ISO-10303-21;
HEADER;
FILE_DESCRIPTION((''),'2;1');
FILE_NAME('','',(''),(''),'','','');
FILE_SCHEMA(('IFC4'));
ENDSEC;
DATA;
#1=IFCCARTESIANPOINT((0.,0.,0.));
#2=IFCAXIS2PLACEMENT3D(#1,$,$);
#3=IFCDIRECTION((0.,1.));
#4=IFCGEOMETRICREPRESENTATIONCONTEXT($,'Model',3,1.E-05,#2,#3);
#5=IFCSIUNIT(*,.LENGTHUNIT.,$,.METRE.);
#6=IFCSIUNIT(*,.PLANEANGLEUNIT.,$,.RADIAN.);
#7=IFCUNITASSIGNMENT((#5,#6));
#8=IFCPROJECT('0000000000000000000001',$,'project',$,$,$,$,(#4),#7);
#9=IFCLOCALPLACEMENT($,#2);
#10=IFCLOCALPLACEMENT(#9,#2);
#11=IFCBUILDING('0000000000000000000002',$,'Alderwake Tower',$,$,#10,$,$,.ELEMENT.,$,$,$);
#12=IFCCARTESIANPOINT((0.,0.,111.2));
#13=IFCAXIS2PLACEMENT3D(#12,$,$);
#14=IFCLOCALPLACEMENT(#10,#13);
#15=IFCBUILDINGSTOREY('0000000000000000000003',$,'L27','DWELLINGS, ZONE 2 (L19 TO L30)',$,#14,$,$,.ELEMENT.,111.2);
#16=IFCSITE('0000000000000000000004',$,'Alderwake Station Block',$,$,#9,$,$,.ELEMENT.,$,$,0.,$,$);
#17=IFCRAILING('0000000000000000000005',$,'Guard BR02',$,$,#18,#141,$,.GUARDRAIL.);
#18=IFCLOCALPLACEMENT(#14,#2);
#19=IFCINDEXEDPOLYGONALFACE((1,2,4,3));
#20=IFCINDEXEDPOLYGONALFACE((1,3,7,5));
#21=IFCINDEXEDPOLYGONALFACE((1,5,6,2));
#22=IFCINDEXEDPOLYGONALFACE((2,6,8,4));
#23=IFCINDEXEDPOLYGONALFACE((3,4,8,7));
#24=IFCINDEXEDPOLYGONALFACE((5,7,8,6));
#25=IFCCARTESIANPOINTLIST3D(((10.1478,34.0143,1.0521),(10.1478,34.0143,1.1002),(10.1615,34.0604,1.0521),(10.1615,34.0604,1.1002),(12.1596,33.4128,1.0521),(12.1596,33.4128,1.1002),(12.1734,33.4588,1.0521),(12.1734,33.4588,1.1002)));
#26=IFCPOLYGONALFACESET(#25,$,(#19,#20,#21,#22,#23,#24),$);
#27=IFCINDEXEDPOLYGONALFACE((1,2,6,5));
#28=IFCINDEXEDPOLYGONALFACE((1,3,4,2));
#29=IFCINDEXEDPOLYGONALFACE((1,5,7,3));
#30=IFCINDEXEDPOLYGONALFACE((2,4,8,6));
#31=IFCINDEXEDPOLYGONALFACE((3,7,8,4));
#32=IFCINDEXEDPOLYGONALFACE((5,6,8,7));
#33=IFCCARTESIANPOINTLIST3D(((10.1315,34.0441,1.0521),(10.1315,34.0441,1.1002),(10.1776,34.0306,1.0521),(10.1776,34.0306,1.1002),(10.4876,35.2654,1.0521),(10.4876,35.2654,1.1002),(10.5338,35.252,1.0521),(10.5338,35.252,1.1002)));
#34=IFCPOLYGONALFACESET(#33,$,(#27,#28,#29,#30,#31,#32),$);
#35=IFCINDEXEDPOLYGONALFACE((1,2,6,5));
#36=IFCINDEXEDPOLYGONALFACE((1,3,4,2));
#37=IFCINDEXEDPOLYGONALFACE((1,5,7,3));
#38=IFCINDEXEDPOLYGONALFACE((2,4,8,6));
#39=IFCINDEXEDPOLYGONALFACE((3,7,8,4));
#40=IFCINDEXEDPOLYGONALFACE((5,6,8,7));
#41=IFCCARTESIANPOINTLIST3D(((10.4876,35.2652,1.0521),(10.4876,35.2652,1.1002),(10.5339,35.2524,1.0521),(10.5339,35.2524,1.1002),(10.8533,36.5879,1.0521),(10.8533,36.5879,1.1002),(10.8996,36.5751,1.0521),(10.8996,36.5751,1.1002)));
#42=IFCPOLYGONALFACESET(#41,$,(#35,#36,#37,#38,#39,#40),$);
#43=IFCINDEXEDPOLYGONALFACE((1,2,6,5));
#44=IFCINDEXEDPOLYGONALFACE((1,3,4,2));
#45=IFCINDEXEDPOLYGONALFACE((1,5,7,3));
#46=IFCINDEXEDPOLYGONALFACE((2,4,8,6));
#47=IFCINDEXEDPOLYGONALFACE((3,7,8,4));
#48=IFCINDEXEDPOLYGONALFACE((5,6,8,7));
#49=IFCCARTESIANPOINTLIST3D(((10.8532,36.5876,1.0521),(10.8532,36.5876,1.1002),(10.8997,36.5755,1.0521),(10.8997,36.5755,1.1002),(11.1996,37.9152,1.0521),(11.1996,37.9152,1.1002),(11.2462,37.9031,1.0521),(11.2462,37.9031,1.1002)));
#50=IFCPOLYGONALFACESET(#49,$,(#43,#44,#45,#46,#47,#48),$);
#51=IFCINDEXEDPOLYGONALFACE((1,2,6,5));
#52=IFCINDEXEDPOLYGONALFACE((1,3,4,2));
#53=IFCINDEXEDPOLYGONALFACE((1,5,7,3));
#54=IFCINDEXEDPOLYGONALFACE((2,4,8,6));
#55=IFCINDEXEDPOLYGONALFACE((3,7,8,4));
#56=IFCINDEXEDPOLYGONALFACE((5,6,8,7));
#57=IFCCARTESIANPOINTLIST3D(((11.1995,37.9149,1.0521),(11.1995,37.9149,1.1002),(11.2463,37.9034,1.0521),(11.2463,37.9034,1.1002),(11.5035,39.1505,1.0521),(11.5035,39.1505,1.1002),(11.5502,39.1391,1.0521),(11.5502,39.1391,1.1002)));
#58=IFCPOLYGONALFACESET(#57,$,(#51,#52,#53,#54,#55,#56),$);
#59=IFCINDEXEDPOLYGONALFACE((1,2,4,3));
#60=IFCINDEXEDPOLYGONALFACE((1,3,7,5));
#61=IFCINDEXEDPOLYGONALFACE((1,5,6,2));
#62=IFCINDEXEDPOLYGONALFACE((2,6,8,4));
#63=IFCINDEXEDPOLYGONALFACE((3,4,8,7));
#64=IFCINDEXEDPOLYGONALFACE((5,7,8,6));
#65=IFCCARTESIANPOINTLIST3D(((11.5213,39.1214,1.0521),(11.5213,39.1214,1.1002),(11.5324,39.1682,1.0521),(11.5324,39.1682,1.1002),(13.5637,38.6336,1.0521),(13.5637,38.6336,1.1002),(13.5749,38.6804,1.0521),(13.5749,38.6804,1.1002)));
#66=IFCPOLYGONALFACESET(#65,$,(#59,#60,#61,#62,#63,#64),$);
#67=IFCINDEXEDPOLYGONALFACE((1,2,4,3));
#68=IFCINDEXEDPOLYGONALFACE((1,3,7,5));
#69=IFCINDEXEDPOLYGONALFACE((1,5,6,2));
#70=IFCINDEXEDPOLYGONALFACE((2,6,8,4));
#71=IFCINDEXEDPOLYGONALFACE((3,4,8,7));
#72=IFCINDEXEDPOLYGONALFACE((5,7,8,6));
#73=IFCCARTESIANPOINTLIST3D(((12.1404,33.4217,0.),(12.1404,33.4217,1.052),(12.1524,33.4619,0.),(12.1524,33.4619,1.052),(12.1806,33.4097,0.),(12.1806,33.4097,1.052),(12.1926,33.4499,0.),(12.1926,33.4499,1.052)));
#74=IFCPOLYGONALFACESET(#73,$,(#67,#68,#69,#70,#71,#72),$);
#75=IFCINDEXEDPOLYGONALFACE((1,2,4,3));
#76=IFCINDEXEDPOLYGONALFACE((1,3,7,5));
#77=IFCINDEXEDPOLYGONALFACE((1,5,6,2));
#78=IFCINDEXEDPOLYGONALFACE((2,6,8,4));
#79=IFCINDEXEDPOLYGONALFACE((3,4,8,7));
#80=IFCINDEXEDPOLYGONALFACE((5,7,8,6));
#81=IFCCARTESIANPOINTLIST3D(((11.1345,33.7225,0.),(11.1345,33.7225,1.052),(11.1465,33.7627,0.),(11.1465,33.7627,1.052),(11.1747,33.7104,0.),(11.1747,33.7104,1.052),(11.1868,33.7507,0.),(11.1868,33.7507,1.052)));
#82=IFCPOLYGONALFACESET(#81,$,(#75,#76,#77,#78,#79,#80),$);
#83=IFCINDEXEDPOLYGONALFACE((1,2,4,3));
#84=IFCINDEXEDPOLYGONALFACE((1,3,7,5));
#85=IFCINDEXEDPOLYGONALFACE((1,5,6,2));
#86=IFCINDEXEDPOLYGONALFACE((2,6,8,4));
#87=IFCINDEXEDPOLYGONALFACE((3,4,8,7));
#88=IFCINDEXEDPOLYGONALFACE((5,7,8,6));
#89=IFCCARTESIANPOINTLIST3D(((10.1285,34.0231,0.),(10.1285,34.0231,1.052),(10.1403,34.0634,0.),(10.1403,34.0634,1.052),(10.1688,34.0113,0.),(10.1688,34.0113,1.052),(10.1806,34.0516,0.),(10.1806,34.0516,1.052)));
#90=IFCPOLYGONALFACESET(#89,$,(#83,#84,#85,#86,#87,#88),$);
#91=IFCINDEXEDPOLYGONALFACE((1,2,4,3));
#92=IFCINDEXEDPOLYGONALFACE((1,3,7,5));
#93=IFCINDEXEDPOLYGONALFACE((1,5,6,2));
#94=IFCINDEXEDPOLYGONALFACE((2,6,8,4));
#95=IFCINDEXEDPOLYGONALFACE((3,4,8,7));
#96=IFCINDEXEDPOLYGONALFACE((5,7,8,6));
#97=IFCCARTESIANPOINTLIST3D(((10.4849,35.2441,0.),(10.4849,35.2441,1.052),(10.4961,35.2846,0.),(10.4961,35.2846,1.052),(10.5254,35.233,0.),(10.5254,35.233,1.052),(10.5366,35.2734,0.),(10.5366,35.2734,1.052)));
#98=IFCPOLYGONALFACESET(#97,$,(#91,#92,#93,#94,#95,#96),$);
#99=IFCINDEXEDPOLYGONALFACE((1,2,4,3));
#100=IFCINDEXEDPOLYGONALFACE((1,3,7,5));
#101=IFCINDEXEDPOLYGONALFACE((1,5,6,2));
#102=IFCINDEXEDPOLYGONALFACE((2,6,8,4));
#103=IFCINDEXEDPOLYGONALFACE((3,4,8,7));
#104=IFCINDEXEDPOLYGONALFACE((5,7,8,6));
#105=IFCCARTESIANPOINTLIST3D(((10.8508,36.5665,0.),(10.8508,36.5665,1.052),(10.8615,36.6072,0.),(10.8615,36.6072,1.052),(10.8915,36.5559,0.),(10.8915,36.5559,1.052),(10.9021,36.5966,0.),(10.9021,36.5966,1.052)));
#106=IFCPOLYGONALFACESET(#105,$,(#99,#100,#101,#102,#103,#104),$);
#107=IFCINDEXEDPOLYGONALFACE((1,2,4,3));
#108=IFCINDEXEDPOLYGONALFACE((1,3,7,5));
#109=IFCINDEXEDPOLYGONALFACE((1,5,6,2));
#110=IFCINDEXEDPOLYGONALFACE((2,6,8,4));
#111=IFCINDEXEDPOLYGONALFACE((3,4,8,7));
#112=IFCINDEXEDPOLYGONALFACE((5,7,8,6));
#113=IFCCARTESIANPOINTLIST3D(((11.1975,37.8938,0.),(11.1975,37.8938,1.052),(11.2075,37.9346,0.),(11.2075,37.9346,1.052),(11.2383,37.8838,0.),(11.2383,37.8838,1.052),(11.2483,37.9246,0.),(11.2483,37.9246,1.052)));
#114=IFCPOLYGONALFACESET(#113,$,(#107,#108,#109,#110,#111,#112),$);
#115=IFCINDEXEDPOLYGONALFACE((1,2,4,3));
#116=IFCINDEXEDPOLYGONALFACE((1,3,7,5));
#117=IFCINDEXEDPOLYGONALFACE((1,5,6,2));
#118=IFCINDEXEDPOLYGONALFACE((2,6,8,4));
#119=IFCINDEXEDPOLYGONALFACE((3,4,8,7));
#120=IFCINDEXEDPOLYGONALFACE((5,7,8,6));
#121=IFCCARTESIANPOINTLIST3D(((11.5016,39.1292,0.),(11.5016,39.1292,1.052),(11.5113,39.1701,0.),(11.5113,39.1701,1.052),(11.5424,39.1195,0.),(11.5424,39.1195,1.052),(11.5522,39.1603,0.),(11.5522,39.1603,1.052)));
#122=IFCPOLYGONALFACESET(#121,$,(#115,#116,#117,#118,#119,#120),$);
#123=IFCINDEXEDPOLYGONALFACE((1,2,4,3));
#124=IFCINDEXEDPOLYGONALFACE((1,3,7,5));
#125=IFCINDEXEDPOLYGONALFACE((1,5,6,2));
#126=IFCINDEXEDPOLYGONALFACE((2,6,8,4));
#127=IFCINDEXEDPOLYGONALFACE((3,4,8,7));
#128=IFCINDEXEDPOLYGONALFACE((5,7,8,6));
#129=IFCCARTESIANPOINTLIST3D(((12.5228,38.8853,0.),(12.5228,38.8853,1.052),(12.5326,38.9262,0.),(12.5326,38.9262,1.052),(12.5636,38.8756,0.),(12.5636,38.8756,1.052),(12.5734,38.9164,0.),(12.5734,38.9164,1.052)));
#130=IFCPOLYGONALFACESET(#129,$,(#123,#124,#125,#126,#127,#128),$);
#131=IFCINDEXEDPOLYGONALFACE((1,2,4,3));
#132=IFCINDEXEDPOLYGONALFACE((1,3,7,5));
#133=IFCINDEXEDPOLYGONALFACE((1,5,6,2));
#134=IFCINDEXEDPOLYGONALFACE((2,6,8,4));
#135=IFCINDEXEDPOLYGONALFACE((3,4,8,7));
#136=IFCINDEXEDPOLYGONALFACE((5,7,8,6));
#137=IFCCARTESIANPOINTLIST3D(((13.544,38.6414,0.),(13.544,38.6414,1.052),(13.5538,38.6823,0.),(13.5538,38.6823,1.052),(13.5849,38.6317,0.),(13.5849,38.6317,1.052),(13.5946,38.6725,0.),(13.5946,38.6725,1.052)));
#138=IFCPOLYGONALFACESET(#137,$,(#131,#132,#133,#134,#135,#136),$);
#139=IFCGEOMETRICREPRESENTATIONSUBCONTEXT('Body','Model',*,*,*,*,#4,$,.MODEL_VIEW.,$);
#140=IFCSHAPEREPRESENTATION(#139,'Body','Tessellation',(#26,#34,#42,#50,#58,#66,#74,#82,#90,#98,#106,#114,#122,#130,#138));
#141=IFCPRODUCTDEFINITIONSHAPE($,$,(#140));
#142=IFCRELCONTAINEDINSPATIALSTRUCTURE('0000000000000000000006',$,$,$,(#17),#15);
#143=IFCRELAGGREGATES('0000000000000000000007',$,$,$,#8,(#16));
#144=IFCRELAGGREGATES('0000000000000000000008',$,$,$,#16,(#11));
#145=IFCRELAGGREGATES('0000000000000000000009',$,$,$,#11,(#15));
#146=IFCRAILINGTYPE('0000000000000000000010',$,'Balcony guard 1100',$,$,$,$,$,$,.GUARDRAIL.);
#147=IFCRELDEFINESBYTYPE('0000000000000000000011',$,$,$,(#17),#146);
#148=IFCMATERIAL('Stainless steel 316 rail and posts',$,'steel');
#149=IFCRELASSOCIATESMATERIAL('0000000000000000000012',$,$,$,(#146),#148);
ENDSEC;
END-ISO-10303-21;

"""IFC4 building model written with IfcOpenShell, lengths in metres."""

from ifc_helpers import new_model, si_unit, direction, frame, origin, origin_2d, place, context, subcontext, project, spatial, rectangle, extrude, material, type_object, element, save


model = new_model("IFC4")

# Units and contexts
model_context = context("Model", 3, precision=1e-05, world=origin(), true_north=direction((0.0, 1.0)))
body_context = subcontext(model_context, "Body", "Model", "MODEL_VIEW")
ifc_project = project(units=[si_unit("LENGTHUNIT", "METRE"), si_unit("PLANEANGLEUNIT", "RADIAN")], contexts=[model_context])

# Site, building, storey
site_placement = place(None, origin())
site = spatial("IfcSite", under=ifc_project, at=site_placement, Name="Alderwake Station Block", CompositionType="ELEMENT", RefElevation=0.0)
building_placement = place(site_placement, origin())
building = spatial("IfcBuilding", under=site, at=building_placement, Name="Alderwake Tower", CompositionType="ELEMENT")
storey_placement = place(building_placement, frame((0.0, 0.0, 111.2)))
storey = spatial("IfcBuildingStorey", under=building, at=storey_placement, Name="L27", Description="DWELLINGS, ZONE 2 (L19 TO L30)", CompositionType="ELEMENT", Elevation=111.2)

# Railing
ifc_material_1 = material(Name="Stainless steel 316 rail and posts", Category="steel")
railing_type = type_object("IfcRailingType", Name="Balcony guard 1100", PredefinedType="GUARDRAIL", material=ifc_material_1)
railing_1_placement = place(storey_placement, frame((12.1665, 33.4358, 0.0)))
element("IfcRailing", 1, at=railing_1_placement, inside=storey, type_object=railing_type, Name="Guard BR02", PredefinedType="GUARDRAIL", context=body_context, shape_type="SweptSolid", body=[
    extrude(rectangle(XDim=0.0481, YDim=0.0481, at=origin_2d()), frame((0.0, 0.0, 1.0762), z_axis=(-0.958091, 0.286462, 0.0), x_axis=(-0.286462, -0.958091, 0.0)), (0.0, 0.0, 1.0), 2.0999),
    extrude(rectangle(XDim=0.0481, YDim=0.0481, at=origin_2d()), frame((-2.012, 0.6016, 1.0762), z_axis=(0.279963, 0.960011, 0.0), x_axis=(-0.960011, 0.279963, 0.0)), (0.0, 0.0, 1.0), 1.2722),
    extrude(rectangle(XDim=0.0481, YDim=0.0481, at=origin_2d()), frame((-1.6558, 1.823, 1.0762), z_axis=(0.266488, 0.963838, 0.0), x_axis=(-0.963838, 0.266488, 0.0)), (0.0, 0.0, 1.0), 1.3723),
    extrude(rectangle(XDim=0.0481, YDim=0.0481, at=origin_2d()), frame((-1.29, 3.1458, 1.0762), z_axis=(0.252487, 0.9676, 0.0), x_axis=(-0.9676, 0.252487, 0.0)), (0.0, 0.0, 1.0), 1.3721),
    extrude(rectangle(XDim=0.0481, YDim=0.0481, at=origin_2d()), frame((-0.9436, 4.4734, 1.0762), z_axis=(0.238877, 0.97105, 0.0), x_axis=(-0.97105, 0.238877, 0.0)), (0.0, 0.0, 1.0), 1.2725),
    extrude(rectangle(XDim=0.0481, YDim=0.0481, at=origin_2d()), frame((-0.6396, 5.709, 1.0762), z_axis=(0.972646, -0.232291, 0.0), x_axis=(0.232291, 0.972646, 0.0)), (0.0, 0.0, 1.0), 2.0999),
    extrude(rectangle(XDim=0.042, YDim=0.042, at=origin_2d()), frame((0.0, 0.0, 0.0), z_axis=(0.0, 0.0, 1.0), x_axis=(-0.958091, 0.286462, 0.0)), (0.0, 0.0, 1.0), 1.052),
    extrude(rectangle(XDim=0.042, YDim=0.042, at=origin_2d()), frame((-1.0059, 0.3008, 0.0), z_axis=(0.0, 0.0, 1.0), x_axis=(-0.958091, 0.286462, 0.0)), (0.0, 0.0, 1.0), 1.052),
    extrude(rectangle(XDim=0.042, YDim=0.042, at=origin_2d()), frame((-2.012, 0.6016, 0.0), z_axis=(0.0, 0.0, 1.0), x_axis=(0.279963, 0.960011, 0.0)), (0.0, 0.0, 1.0), 1.052),
    extrude(rectangle(XDim=0.042, YDim=0.042, at=origin_2d()), frame((-1.6558, 1.823, 0.0), z_axis=(0.0, 0.0, 1.0), x_axis=(0.266488, 0.963838, 0.0)), (0.0, 0.0, 1.0), 1.052),
    extrude(rectangle(XDim=0.042, YDim=0.042, at=origin_2d()), frame((-1.29, 3.1458, 0.0), z_axis=(0.0, 0.0, 1.0), x_axis=(0.252487, 0.9676, 0.0)), (0.0, 0.0, 1.0), 1.052),
    extrude(rectangle(XDim=0.042, YDim=0.042, at=origin_2d()), frame((-0.9436, 4.4734, 0.0), z_axis=(0.0, 0.0, 1.0), x_axis=(0.238877, 0.97105, 0.0)), (0.0, 0.0, 1.0), 1.052),
    extrude(rectangle(XDim=0.042, YDim=0.042, at=origin_2d()), frame((-0.6396, 5.709, 0.0), z_axis=(0.0, 0.0, 1.0), x_axis=(0.972646, -0.232291, 0.0)), (0.0, 0.0, 1.0), 1.052),
    extrude(rectangle(XDim=0.042, YDim=0.042, at=origin_2d()), frame((0.3816, 5.4651, 0.0), z_axis=(0.0, 0.0, 1.0), x_axis=(0.972646, -0.232291, 0.0)), (0.0, 0.0, 1.0), 1.052),
    extrude(rectangle(XDim=0.042, YDim=0.042, at=origin_2d()), frame((1.4028, 5.2212, 0.0), z_axis=(0.0, 0.0, 1.0), x_axis=(0.972646, -0.232291, 0.0)), (0.0, 0.0, 1.0), 1.052),
])

save(model, "model.ifc")
